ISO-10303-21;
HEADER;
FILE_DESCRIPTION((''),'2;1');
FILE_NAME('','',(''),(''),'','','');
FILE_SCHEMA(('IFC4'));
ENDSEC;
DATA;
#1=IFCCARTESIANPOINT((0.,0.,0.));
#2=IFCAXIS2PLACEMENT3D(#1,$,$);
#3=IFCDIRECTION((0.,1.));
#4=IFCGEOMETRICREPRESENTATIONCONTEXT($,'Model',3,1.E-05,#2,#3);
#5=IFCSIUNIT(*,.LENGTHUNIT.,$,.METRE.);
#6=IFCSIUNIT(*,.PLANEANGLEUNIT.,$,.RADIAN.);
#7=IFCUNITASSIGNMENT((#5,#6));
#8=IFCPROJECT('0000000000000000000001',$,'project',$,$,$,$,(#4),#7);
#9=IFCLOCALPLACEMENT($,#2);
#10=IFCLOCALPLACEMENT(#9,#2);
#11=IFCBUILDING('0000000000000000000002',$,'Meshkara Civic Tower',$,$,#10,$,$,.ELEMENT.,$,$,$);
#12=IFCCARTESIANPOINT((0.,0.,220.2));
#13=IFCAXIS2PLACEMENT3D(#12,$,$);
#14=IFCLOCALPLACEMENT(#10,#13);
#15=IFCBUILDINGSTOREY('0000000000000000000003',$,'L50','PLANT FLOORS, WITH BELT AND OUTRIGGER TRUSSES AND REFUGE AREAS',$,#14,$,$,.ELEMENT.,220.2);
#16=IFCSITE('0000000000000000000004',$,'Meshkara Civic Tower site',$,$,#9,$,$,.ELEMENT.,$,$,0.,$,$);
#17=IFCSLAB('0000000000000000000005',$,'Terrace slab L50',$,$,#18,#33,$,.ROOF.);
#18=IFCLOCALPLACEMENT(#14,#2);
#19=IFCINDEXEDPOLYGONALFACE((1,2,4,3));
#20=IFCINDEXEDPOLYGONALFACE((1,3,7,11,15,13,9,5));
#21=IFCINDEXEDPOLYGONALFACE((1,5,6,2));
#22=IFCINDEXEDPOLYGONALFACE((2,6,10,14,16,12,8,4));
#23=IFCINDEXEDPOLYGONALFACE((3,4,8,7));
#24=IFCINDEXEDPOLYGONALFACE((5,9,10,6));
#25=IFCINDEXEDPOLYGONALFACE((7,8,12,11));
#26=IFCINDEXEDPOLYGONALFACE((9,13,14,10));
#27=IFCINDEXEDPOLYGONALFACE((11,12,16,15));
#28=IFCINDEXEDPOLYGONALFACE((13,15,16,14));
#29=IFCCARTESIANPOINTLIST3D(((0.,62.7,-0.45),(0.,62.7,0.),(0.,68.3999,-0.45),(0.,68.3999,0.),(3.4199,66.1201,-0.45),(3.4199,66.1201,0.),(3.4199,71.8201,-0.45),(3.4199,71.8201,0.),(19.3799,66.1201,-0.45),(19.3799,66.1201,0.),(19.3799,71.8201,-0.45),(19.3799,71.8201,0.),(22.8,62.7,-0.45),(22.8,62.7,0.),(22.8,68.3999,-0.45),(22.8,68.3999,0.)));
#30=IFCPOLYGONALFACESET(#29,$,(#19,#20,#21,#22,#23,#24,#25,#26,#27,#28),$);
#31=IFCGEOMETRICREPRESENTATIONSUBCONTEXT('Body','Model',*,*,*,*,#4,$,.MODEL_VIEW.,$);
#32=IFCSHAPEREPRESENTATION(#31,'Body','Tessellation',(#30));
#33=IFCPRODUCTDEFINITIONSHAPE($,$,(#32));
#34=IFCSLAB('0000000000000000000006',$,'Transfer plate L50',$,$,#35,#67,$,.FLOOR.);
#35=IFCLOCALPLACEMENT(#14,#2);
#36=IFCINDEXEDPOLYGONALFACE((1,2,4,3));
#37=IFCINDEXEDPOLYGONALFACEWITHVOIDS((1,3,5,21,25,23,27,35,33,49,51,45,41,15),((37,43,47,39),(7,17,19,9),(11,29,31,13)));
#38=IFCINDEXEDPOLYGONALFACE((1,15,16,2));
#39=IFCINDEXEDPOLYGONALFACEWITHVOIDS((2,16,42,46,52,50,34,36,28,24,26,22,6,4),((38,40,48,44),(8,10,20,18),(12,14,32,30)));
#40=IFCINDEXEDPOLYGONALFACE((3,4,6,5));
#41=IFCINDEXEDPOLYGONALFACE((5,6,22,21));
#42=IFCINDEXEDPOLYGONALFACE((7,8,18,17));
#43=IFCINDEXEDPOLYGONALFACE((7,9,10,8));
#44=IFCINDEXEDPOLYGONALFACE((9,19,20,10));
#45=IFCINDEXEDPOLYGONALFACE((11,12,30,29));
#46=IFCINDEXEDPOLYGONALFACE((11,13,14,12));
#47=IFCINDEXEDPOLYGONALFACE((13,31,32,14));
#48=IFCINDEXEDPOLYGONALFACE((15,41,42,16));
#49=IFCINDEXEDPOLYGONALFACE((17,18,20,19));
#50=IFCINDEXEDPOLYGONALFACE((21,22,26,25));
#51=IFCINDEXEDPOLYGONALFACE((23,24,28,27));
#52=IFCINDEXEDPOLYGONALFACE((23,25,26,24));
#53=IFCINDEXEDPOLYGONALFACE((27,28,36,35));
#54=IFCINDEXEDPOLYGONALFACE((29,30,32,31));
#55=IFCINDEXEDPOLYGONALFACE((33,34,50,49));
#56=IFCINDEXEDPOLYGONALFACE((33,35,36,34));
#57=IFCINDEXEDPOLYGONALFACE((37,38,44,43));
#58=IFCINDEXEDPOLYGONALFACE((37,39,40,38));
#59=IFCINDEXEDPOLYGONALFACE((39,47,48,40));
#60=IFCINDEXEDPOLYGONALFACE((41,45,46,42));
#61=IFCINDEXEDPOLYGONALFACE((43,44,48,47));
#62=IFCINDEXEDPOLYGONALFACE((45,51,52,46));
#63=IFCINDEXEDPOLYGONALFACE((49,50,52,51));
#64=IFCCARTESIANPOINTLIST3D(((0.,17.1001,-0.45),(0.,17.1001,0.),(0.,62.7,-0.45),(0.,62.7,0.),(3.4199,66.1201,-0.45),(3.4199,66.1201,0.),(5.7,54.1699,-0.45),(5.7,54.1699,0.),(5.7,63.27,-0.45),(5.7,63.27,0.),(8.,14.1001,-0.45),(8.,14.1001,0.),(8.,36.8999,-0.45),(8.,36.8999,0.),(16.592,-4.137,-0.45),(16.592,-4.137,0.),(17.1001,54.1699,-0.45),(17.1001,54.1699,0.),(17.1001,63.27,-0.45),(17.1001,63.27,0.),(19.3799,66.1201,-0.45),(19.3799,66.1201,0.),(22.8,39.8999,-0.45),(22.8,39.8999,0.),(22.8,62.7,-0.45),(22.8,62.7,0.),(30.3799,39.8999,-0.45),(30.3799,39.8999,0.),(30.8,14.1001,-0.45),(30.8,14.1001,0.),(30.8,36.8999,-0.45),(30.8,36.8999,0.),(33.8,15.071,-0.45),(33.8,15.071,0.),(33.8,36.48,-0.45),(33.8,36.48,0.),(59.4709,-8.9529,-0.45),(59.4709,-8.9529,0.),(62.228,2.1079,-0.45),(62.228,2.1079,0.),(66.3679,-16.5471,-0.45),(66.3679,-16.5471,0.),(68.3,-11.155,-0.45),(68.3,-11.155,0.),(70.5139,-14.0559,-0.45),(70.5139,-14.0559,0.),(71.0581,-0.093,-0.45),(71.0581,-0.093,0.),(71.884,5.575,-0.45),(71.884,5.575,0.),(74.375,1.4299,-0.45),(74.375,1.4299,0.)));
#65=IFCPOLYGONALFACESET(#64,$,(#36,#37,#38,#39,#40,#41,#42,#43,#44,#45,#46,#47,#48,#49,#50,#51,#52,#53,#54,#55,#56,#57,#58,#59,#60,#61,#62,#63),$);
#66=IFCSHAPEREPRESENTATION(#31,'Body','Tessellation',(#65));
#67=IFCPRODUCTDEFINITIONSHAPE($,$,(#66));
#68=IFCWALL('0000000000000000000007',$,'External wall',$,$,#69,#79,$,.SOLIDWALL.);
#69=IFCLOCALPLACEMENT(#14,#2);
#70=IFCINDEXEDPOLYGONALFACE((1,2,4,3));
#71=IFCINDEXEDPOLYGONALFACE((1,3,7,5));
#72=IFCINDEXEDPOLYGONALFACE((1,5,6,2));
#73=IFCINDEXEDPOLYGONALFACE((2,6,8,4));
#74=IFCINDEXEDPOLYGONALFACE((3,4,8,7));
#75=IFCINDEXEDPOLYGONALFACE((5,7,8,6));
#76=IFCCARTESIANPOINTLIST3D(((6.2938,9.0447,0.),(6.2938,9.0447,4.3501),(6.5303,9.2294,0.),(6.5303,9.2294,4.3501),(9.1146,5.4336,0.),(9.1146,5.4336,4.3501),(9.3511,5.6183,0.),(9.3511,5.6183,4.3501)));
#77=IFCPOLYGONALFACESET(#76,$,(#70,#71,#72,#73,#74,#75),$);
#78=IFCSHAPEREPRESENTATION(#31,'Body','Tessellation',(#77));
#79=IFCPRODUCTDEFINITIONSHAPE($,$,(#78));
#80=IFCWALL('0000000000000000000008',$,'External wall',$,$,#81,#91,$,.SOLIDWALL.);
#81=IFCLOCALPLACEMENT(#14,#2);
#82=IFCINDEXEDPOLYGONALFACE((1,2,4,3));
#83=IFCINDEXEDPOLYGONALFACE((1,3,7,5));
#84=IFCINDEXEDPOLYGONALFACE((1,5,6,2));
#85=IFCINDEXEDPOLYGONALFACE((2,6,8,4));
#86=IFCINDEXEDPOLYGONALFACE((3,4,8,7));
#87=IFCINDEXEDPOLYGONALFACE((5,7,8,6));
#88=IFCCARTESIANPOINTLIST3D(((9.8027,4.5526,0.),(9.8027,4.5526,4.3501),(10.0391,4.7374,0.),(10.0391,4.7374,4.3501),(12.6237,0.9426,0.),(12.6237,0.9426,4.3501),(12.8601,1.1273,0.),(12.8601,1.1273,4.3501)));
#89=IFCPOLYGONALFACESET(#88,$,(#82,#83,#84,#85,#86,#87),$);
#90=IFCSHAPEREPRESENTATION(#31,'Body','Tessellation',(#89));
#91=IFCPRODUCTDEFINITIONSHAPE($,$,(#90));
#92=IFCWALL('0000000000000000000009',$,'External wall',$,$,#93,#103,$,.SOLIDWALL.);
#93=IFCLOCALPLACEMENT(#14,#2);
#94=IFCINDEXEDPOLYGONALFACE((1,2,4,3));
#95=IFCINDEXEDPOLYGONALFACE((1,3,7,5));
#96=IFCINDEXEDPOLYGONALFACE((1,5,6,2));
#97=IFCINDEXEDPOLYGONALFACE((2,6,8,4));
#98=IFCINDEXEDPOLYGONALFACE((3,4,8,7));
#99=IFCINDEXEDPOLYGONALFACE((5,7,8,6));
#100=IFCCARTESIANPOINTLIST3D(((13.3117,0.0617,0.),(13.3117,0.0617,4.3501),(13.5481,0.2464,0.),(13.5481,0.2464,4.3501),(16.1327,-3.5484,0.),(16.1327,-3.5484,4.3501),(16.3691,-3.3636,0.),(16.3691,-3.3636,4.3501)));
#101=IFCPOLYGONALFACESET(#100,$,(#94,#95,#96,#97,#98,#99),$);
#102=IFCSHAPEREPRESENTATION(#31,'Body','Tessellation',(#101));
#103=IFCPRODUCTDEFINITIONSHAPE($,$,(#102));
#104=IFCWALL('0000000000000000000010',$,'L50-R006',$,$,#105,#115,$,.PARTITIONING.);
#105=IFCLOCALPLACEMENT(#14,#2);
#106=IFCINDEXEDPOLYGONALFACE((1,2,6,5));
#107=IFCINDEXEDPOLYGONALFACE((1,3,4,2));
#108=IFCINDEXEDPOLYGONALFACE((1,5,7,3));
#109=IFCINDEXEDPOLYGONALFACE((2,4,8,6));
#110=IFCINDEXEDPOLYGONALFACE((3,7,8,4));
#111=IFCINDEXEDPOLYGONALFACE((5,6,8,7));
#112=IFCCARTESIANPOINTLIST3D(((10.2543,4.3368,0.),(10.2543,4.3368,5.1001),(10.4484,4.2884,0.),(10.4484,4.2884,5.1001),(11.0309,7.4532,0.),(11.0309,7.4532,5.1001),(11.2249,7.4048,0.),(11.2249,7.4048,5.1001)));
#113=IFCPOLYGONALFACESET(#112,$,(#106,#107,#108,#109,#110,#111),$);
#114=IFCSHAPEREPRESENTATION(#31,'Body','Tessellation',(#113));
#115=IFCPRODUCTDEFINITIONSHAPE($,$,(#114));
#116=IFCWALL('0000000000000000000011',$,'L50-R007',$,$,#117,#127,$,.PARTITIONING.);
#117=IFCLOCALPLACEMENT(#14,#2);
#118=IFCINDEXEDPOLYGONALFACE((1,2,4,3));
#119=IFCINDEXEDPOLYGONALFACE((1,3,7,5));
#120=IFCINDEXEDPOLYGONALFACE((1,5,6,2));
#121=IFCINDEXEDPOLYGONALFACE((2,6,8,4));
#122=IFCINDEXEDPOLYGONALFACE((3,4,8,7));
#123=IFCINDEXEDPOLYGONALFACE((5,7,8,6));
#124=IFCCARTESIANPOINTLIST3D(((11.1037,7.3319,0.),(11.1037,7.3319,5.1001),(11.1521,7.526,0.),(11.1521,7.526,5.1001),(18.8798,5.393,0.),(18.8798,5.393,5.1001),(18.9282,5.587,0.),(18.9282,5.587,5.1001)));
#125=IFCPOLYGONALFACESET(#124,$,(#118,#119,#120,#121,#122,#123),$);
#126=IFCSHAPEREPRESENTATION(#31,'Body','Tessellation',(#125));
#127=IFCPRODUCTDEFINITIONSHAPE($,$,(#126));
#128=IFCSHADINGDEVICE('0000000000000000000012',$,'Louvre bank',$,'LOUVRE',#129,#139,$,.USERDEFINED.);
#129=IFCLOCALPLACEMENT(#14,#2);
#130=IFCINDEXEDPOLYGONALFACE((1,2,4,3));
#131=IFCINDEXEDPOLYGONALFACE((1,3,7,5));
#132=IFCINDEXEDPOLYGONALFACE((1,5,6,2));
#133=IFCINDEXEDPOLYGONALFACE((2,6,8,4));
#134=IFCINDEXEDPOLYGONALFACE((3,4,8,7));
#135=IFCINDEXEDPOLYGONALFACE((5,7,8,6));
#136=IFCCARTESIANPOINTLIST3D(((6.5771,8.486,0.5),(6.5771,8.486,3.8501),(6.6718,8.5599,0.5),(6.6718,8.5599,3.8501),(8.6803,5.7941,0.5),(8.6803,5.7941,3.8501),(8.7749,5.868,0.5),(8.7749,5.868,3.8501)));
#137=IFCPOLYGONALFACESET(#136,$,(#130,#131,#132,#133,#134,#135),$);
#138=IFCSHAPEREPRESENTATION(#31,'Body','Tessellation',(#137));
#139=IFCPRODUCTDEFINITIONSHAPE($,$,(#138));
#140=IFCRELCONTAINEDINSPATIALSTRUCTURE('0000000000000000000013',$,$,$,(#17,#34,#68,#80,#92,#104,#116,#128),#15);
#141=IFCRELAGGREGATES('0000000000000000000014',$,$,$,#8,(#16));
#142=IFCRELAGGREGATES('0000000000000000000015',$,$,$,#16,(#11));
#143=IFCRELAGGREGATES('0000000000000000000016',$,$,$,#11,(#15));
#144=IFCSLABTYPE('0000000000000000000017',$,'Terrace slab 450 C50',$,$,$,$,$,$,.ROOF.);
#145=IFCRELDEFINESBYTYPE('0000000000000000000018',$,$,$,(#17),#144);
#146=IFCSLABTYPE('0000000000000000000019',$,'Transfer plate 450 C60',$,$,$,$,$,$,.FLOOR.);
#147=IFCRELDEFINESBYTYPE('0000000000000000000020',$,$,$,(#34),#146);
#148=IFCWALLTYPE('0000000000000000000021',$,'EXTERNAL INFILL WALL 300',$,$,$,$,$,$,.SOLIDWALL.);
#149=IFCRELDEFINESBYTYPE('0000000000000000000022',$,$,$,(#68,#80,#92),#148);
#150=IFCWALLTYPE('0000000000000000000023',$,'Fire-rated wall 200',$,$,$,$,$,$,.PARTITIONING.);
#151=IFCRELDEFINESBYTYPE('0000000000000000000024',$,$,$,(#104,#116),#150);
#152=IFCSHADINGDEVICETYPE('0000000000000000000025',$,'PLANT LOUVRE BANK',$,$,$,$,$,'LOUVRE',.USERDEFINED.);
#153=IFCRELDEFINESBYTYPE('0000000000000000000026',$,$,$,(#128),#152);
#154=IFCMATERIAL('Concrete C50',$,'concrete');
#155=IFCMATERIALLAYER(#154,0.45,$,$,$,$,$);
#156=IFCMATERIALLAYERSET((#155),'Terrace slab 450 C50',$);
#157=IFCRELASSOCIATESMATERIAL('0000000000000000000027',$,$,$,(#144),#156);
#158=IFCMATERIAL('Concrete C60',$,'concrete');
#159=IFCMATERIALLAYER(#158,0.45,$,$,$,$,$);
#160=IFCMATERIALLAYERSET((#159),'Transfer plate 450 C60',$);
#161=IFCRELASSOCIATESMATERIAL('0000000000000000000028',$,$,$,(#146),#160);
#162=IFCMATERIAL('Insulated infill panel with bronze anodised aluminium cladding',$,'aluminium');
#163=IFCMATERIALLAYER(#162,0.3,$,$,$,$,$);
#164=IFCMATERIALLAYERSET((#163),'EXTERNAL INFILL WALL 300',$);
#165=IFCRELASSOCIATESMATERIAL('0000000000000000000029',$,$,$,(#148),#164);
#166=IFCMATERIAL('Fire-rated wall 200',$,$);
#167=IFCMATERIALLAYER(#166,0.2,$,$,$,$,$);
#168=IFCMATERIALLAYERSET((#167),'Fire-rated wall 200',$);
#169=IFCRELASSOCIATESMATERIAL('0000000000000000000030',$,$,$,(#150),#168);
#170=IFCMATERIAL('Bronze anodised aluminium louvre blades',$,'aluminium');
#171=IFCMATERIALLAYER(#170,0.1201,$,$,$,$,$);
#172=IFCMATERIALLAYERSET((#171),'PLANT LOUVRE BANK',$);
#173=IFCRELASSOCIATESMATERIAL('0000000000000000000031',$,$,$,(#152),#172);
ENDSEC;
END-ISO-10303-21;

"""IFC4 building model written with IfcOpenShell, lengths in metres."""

from ifc_helpers import new_model, si_unit, direction, frame, frame_2d, origin, origin_2d, place, context, subcontext, project, spatial, polyline, rectangle, outline, extrude, material, layer, layer_set, type_object, element, save


model = new_model("IFC4")

# Units and contexts
model_context = context("Model", 3, precision=1e-05, world=origin(), true_north=direction((0.0, 1.0)))
body_context = subcontext(model_context, "Body", "Model", "MODEL_VIEW")
ifc_project = project(units=[si_unit("LENGTHUNIT", "METRE"), si_unit("PLANEANGLEUNIT", "RADIAN")], contexts=[model_context])

# Site, building, storey
site_placement = place(None, origin())
site = spatial("IfcSite", under=ifc_project, at=site_placement, Name="Meshkara Civic Tower site", CompositionType="ELEMENT", RefElevation=0.0)
building_placement = place(site_placement, origin())
building = spatial("IfcBuilding", under=site, at=building_placement, Name="Meshkara Civic Tower", CompositionType="ELEMENT")
storey_placement = place(building_placement, frame((0.0, 0.0, 220.2)))
storey = spatial("IfcBuildingStorey", under=building, at=storey_placement, Name="L50", Description="PLANT FLOORS, WITH BELT AND OUTRIGGER TRUSSES AND REFUGE AREAS", CompositionType="ELEMENT", Elevation=220.2)

# Slabs
ifc_material_1 = material(Name="Concrete C50", Category="concrete")
ifc_layer_1 = layer(ifc_material_1, 0.45)
ifc_layer_set_1 = layer_set([ifc_layer_1], Name="Terrace slab 450 C50")
slab_type_1 = type_object("IfcSlabType", Name="Terrace slab 450 C50", PredefinedType="ROOF", material=ifc_layer_set_1)
slab_1_placement = place(storey_placement, frame((0.0, 0.0, -0.45)))
element("IfcSlab", 1, at=slab_1_placement, inside=storey, type_object=slab_type_1, Name="Terrace slab L50", PredefinedType="ROOF", context=body_context, shape_type="SweptSolid", body=[
    extrude(outline(polyline([(3.4199, 71.8201), (19.3799, 71.8201), (22.8, 68.3999), (22.8, 62.7), (19.3799, 66.1201), (3.4199, 66.1201), (0.0, 62.7), (0.0, 68.3999), (3.4199, 71.8201)])), origin(), (0.0, 0.0, 1.0), 0.45),
])
ifc_material_2 = material(Name="Concrete C60", Category="concrete")
ifc_layer_2 = layer(ifc_material_2, 0.45)
ifc_layer_set_2 = layer_set([ifc_layer_2], Name="Transfer plate 450 C60")
slab_type_2 = type_object("IfcSlabType", Name="Transfer plate 450 C60", PredefinedType="FLOOR", material=ifc_layer_set_2)
slab_2_placement = place(storey_placement, frame((0.0, 0.0, -0.45)))
element("IfcSlab", 2, at=slab_2_placement, inside=storey, type_object=slab_type_2, Name="Transfer plate L50", PredefinedType="FLOOR", context=body_context, shape_type="SweptSolid", body=[
    extrude(outline(polyline([(70.5139, -14.0559), (66.3679, -16.5471), (16.592, -4.137), (0.0, 17.1001), (0.0, 62.7), (3.4199, 66.1201), (19.3799, 66.1201), (22.8, 62.7), (22.8, 39.8999), (30.3799, 39.8999), (33.8, 36.48), (33.8, 15.071), (71.884, 5.575), (74.375, 1.4299), (70.5139, -14.0559)]), holes=[polyline([(68.3, -11.155), (71.0581, -0.093), (62.228, 2.1079), (59.4709, -8.9529), (68.3, -11.155)]), polyline([(8.0, 14.1001), (30.8, 14.1001), (30.8, 36.8999), (8.0, 36.8999), (8.0, 14.1001)]), polyline([(5.7, 63.27), (5.7, 54.1699), (17.1001, 54.1699), (17.1001, 63.27), (5.7, 63.27)])]), origin(), (0.0, 0.0, 1.0), 0.45),
])

# Walls
ifc_material_3 = material(Name="Insulated infill panel with bronze anodised aluminium cladding", Category="aluminium")
ifc_layer_3 = layer(ifc_material_3, 0.3)
ifc_layer_set_3 = layer_set([ifc_layer_3], Name="EXTERNAL INFILL WALL 300")
wall_type_1 = type_object("IfcWallType", Name="EXTERNAL INFILL WALL 300", PredefinedType="SOLIDWALL", material=ifc_layer_set_3)
wall_1_placement = place(storey_placement, frame((6.4121, 9.137, 0.0), z_axis=(0.0, 0.0, 1.0), x_axis=(0.615595, -0.788062, 0.0)))
element("IfcWall", 3, at=wall_1_placement, inside=storey, type_object=wall_type_1, Name="External wall", PredefinedType="SOLIDWALL", context=body_context, shape_type="SweptSolid", body=[
    extrude(rectangle(XDim=4.5823, YDim=0.3, at=frame_2d((2.291, 0.0))), origin(), (0.0, 0.0, 1.0), 4.3501),
])
for number, where, z_axis, x_axis, name in (
    (4, (9.9209, 4.645, 0.0), (0.0, 0.0, 1.0), (0.615732, -0.787956, 0.0), "External wall"),
    (5, (13.4299, 0.1541, 0.0), (0.0, 0.0, 1.0), (0.615732, -0.787956, 0.0), "External wall"),
):
    element("IfcWall", number, at=place(storey_placement, frame(where, z_axis=z_axis, x_axis=x_axis)), inside=storey, type_object=wall_type_1, Name=name, PredefinedType="SOLIDWALL", context=body_context, shape_type="SweptSolid", body=[
        extrude(rectangle(XDim=4.5815, YDim=0.3, at=frame_2d((2.2908, 0.0))), origin(), (0.0, 0.0, 1.0), 4.3501),
    ])
ifc_material_4 = material(Name="Fire-rated wall 200")
ifc_layer_4 = layer(ifc_material_4, 0.2)
ifc_layer_set_4 = layer_set([ifc_layer_4], Name="Fire-rated wall 200")
wall_type_2 = type_object("IfcWallType", Name="Fire-rated wall 200", PredefinedType="PARTITIONING", material=ifc_layer_set_4)
wall_2_placement = place(storey_placement, frame((10.3513, 4.3125, 0.0), z_axis=(0.0, 0.0, 1.0), x_axis=(0.241802, 0.970326, 0.0)))
element("IfcWall", 6, at=wall_2_placement, inside=storey, type_object=wall_type_2, Name="L50-R006", PredefinedType="PARTITIONING", context=body_context, shape_type="SweptSolid", body=[
    extrude(rectangle(XDim=3.2117, YDim=0.2, at=frame_2d((1.606, 0.0))), origin(), (0.0, 0.0, 1.0), 5.1001),
])
wall_3_placement = place(storey_placement, frame((11.1279, 7.429, 0.0), z_axis=(0.0, 0.0, 1.0), x_axis=(0.970291, -0.241941, 0.0)))
element("IfcWall", 7, at=wall_3_placement, inside=storey, type_object=wall_type_2, Name="L50-R007", PredefinedType="PARTITIONING", context=body_context, shape_type="SweptSolid", body=[
    extrude(rectangle(XDim=8.0142, YDim=0.2, at=frame_2d((4.0071, 0.0))), origin(), (0.0, 0.0, 1.0), 5.1001),
])

# Shading device
ifc_material_5 = material(Name="Bronze anodised aluminium louvre blades", Category="aluminium")
ifc_layer_5 = layer(ifc_material_5, 0.1201)
ifc_layer_set_5 = layer_set([ifc_layer_5], Name="PLANT LOUVRE BANK")
shading_device_type = type_object("IfcShadingDeviceType", Name="PLANT LOUVRE BANK", ElementType="LOUVRE", PredefinedType="USERDEFINED", material=ifc_layer_set_5)
shading_device_placement = place(storey_placement, frame((7.676, 7.177, 0.5), z_axis=(0.0, 0.0, 1.0), x_axis=(0.615661, -0.788011, 0.0)))
element("IfcShadingDevice", 8, at=shading_device_placement, inside=storey, type_object=shading_device_type, Name="Louvre bank", ObjectType="LOUVRE", PredefinedType="USERDEFINED", context=body_context, shape_type="SweptSolid", body=[
    extrude(rectangle(XDim=3.416, YDim=0.1201, at=origin_2d()), origin(), (0.0, 0.0, 1.0), 3.3501),
])

save(model, "model.ifc")
